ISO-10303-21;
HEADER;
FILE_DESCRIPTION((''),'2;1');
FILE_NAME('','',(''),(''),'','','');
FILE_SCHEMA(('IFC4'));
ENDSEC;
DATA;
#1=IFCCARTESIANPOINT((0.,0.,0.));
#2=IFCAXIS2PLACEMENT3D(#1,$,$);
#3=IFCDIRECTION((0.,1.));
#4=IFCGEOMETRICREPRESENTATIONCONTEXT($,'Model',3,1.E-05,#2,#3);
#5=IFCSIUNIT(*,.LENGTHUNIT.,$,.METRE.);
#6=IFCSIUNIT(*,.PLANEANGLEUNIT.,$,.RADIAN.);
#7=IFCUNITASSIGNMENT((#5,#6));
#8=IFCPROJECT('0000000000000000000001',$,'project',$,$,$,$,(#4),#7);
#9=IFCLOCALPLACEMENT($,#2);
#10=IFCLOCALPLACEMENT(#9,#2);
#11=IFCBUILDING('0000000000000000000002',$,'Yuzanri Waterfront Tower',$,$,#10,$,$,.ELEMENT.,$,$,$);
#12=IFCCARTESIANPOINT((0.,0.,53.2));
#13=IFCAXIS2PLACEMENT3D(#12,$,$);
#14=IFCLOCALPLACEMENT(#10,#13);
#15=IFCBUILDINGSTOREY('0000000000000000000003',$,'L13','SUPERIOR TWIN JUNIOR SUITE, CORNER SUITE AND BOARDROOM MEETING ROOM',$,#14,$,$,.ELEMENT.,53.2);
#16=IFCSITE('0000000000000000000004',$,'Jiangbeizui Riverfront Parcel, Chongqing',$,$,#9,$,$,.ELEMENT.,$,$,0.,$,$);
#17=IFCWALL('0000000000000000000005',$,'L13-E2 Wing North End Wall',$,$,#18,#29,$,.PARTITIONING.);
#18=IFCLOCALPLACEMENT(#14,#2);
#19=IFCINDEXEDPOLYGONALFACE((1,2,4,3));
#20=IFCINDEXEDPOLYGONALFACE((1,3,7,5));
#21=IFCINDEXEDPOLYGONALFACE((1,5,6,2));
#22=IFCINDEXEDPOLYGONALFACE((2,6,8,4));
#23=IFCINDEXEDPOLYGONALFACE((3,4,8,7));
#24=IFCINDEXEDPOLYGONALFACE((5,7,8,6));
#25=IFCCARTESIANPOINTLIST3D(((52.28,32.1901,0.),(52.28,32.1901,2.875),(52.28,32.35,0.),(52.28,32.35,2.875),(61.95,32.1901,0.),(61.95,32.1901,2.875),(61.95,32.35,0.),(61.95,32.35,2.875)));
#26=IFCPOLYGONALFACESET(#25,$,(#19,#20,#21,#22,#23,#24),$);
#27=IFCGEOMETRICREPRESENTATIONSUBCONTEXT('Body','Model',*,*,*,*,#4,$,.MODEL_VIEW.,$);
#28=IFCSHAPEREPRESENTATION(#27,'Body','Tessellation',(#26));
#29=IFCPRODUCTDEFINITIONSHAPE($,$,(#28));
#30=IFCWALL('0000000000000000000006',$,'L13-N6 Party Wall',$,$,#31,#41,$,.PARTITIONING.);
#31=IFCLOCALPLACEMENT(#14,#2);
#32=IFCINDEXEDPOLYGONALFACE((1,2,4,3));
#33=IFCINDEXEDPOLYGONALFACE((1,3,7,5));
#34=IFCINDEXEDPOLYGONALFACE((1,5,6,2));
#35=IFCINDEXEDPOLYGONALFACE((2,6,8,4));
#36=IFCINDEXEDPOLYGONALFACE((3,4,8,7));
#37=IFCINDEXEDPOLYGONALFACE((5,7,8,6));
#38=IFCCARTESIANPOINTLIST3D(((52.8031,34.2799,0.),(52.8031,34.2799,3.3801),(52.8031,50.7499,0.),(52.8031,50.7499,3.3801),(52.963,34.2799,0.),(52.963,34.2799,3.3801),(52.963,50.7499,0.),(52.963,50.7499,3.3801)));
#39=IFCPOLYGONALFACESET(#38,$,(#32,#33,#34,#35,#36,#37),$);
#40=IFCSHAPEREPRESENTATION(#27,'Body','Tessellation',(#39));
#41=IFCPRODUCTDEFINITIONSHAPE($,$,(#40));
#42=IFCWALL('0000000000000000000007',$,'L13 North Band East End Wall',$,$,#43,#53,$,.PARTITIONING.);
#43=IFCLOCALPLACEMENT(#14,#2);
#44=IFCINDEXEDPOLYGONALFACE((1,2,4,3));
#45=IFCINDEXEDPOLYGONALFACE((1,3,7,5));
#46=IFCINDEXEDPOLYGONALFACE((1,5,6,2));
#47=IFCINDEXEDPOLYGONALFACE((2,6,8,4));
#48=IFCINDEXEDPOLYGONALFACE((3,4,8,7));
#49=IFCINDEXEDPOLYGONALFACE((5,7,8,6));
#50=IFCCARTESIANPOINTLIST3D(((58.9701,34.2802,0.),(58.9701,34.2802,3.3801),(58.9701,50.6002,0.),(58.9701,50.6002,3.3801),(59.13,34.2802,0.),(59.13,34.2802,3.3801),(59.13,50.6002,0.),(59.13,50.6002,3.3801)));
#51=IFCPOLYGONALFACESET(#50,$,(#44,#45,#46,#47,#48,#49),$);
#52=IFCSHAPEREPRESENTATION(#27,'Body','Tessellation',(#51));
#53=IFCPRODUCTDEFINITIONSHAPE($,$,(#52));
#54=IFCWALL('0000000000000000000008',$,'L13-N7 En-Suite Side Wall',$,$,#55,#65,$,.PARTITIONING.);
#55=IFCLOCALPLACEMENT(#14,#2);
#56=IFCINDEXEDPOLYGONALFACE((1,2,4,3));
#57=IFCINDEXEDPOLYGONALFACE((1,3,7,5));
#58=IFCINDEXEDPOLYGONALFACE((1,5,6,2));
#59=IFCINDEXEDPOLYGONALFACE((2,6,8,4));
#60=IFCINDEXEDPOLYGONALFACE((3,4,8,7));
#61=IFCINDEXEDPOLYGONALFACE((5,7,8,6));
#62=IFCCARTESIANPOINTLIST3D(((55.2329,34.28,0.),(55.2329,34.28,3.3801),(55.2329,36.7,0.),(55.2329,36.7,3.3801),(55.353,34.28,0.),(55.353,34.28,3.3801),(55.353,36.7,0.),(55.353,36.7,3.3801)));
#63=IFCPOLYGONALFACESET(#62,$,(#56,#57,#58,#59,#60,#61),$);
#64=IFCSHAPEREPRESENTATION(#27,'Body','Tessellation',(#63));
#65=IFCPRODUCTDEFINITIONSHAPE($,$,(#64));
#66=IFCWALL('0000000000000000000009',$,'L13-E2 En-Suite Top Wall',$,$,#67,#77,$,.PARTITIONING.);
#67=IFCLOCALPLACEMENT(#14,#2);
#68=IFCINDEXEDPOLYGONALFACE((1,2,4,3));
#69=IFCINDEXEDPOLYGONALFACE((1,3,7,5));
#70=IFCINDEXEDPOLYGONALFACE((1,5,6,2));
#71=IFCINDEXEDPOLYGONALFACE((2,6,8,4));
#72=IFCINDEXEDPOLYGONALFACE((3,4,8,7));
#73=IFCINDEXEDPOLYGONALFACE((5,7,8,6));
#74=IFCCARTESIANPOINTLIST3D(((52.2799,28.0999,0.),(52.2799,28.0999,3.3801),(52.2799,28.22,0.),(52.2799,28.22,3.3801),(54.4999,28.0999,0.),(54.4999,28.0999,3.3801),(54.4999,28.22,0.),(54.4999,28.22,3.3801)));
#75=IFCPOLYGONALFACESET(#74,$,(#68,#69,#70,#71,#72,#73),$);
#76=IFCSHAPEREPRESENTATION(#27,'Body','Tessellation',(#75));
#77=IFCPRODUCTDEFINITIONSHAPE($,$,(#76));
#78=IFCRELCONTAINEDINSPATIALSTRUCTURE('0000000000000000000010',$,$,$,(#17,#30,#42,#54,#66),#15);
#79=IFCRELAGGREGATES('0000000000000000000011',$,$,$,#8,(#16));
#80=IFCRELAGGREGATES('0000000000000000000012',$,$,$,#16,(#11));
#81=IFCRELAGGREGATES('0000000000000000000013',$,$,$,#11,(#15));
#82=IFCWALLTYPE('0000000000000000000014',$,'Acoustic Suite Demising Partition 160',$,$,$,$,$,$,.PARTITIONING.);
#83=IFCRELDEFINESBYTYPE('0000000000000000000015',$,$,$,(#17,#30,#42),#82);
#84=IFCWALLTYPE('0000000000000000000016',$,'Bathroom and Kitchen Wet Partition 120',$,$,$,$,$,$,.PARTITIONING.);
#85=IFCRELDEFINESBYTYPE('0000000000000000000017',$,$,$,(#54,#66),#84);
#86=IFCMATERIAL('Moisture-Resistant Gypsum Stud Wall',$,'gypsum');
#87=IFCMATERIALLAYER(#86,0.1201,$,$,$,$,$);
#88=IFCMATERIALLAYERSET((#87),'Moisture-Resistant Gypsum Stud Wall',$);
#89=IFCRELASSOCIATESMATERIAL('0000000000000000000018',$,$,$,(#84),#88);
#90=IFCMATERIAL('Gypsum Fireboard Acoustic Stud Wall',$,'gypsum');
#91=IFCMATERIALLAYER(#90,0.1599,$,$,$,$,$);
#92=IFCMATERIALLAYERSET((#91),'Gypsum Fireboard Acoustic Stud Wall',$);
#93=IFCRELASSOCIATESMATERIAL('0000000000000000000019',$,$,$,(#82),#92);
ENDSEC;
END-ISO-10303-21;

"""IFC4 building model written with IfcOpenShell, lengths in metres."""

from ifc_helpers import new_model, si_unit, direction, frame, frame_2d, origin, place, context, subcontext, project, spatial, rectangle, extrude, source, transform, mapped, material, layer, layer_set, type_object, element, save


model = new_model("IFC4")

# Units and contexts
model_context = context("Model", 3, precision=1e-05, world=origin(), true_north=direction((0.0, 1.0)))
body_context = subcontext(model_context, "Body", "Model", "MODEL_VIEW")
ifc_project = project(units=[si_unit("LENGTHUNIT", "METRE"), si_unit("PLANEANGLEUNIT", "RADIAN")], contexts=[model_context])

# Site, building, storey
site_placement = place(None, origin())
site = spatial("IfcSite", under=ifc_project, at=site_placement, Name="Jiangbeizui Riverfront Parcel, Chongqing", CompositionType="ELEMENT", RefElevation=0.0)
building_placement = place(site_placement, origin())
building = spatial("IfcBuilding", under=site, at=building_placement, Name="Yuzanri Waterfront Tower", CompositionType="ELEMENT")
storey_placement = place(building_placement, frame((0.0, 0.0, 53.2)))
storey = spatial("IfcBuildingStorey", under=building, at=storey_placement, Name="L13", Description="SUPERIOR TWIN JUNIOR SUITE, CORNER SUITE AND BOARDROOM MEETING ROOM", CompositionType="ELEMENT", Elevation=53.2)

# Shared definitions
ifc_material_1 = material(Name="Moisture-Resistant Gypsum Stud Wall", Category="gypsum")
ifc_layer_1 = layer(ifc_material_1, 0.1201)
ifc_layer_set_1 = layer_set([ifc_layer_1], Name="Moisture-Resistant Gypsum Stud Wall")
wall_type_1 = type_object("IfcWallType", Name="Bathroom and Kitchen Wet Partition 120", PredefinedType="PARTITIONING", material=ifc_layer_set_1)

# Walls
ifc_material_2 = material(Name="Gypsum Fireboard Acoustic Stud Wall", Category="gypsum")
ifc_layer_2 = layer(ifc_material_2, 0.1599)
ifc_layer_set_2 = layer_set([ifc_layer_2], Name="Gypsum Fireboard Acoustic Stud Wall")
wall_type_2 = type_object("IfcWallType", Name="Acoustic Suite Demising Partition 160", PredefinedType="PARTITIONING", material=ifc_layer_set_2)
shared_shape_1 = source(origin(), body_context, "Body", "SweptSolid", [
    extrude(rectangle(XDim=9.6699, YDim=0.1599, at=frame_2d((4.835, 0.0))), origin(), (0.0, 0.0, 1.0), 2.875),
])
wall_1_placement = place(storey_placement, frame((52.28, 32.27, 0.0), z_axis=(0.0, 0.0, 1.0), x_axis=(1.0, 0.0, 0.0)))
element("IfcWall", 1, at=wall_1_placement, inside=storey, type_object=wall_type_2, Name="L13-E2 Wing North End Wall", PredefinedType="PARTITIONING", context=body_context, shape_type="MappedRepresentation", body=[
    mapped(shared_shape_1, transform((0.0, 0.0, 0.0), scale=1.0)),
])
shared_shape_2 = source(origin(), body_context, "Body", "SweptSolid", [
    extrude(rectangle(XDim=16.47, YDim=0.1599, at=frame_2d((8.2349, 0.0))), origin(), (0.0, 0.0, 1.0), 3.3801),
])
wall_2_placement = place(storey_placement, frame((52.8831, 34.28, 0.0), z_axis=(0.0, 0.0, 1.0), x_axis=(0.0, 1.0, 0.0)))
element("IfcWall", 2, at=wall_2_placement, inside=storey, type_object=wall_type_2, Name="L13-N6 Party Wall", PredefinedType="PARTITIONING", context=body_context, shape_type="MappedRepresentation", body=[
    mapped(shared_shape_2, transform((0.0, 0.0, 0.0), scale=1.0)),
])
shared_shape_3 = source(origin(), body_context, "Body", "SweptSolid", [
    extrude(rectangle(XDim=16.3201, YDim=0.1599, at=frame_2d((8.1602, 0.0))), origin(), (0.0, 0.0, 1.0), 3.3801),
])
wall_3_placement = place(storey_placement, frame((59.05, 34.28, 0.0), z_axis=(0.0, 0.0, 1.0), x_axis=(0.0, 1.0, 0.0)))
element("IfcWall", 3, at=wall_3_placement, inside=storey, type_object=wall_type_2, Name="L13 North Band East End Wall", PredefinedType="PARTITIONING", context=body_context, shape_type="MappedRepresentation", body=[
    mapped(shared_shape_3, transform((0.0, 0.0, 0.0), scale=1.0)),
])
shared_shape_4 = source(origin(), body_context, "Body", "SweptSolid", [
    extrude(rectangle(XDim=2.4199, YDim=0.1201, at=frame_2d((1.21, 0.0))), origin(), (0.0, 0.0, 1.0), 3.3801),
])
wall_4_placement = place(storey_placement, frame((55.293, 34.28, 0.0), z_axis=(0.0, 0.0, 1.0), x_axis=(0.0, 1.0, 0.0)))
element("IfcWall", 4, at=wall_4_placement, inside=storey, type_object=wall_type_1, Name="L13-N7 En-Suite Side Wall", PredefinedType="PARTITIONING", context=body_context, shape_type="MappedRepresentation", body=[
    mapped(shared_shape_4, transform((0.0, 0.0, 0.0), scale=1.0)),
])
shared_shape_5 = source(origin(), body_context, "Body", "SweptSolid", [
    extrude(rectangle(XDim=2.22, YDim=0.1201, at=frame_2d((1.1099, 0.0))), origin(), (0.0, 0.0, 1.0), 3.3801),
])
wall_5_placement = place(storey_placement, frame((52.28, 28.1599, 0.0), z_axis=(0.0, 0.0, 1.0), x_axis=(1.0, 0.0, 0.0)))
element("IfcWall", 5, at=wall_5_placement, inside=storey, type_object=wall_type_1, Name="L13-E2 En-Suite Top Wall", PredefinedType="PARTITIONING", context=body_context, shape_type="MappedRepresentation", body=[
    mapped(shared_shape_5, transform((0.0, 0.0, 0.0), scale=1.0)),
])

save(model, "model.ifc")
